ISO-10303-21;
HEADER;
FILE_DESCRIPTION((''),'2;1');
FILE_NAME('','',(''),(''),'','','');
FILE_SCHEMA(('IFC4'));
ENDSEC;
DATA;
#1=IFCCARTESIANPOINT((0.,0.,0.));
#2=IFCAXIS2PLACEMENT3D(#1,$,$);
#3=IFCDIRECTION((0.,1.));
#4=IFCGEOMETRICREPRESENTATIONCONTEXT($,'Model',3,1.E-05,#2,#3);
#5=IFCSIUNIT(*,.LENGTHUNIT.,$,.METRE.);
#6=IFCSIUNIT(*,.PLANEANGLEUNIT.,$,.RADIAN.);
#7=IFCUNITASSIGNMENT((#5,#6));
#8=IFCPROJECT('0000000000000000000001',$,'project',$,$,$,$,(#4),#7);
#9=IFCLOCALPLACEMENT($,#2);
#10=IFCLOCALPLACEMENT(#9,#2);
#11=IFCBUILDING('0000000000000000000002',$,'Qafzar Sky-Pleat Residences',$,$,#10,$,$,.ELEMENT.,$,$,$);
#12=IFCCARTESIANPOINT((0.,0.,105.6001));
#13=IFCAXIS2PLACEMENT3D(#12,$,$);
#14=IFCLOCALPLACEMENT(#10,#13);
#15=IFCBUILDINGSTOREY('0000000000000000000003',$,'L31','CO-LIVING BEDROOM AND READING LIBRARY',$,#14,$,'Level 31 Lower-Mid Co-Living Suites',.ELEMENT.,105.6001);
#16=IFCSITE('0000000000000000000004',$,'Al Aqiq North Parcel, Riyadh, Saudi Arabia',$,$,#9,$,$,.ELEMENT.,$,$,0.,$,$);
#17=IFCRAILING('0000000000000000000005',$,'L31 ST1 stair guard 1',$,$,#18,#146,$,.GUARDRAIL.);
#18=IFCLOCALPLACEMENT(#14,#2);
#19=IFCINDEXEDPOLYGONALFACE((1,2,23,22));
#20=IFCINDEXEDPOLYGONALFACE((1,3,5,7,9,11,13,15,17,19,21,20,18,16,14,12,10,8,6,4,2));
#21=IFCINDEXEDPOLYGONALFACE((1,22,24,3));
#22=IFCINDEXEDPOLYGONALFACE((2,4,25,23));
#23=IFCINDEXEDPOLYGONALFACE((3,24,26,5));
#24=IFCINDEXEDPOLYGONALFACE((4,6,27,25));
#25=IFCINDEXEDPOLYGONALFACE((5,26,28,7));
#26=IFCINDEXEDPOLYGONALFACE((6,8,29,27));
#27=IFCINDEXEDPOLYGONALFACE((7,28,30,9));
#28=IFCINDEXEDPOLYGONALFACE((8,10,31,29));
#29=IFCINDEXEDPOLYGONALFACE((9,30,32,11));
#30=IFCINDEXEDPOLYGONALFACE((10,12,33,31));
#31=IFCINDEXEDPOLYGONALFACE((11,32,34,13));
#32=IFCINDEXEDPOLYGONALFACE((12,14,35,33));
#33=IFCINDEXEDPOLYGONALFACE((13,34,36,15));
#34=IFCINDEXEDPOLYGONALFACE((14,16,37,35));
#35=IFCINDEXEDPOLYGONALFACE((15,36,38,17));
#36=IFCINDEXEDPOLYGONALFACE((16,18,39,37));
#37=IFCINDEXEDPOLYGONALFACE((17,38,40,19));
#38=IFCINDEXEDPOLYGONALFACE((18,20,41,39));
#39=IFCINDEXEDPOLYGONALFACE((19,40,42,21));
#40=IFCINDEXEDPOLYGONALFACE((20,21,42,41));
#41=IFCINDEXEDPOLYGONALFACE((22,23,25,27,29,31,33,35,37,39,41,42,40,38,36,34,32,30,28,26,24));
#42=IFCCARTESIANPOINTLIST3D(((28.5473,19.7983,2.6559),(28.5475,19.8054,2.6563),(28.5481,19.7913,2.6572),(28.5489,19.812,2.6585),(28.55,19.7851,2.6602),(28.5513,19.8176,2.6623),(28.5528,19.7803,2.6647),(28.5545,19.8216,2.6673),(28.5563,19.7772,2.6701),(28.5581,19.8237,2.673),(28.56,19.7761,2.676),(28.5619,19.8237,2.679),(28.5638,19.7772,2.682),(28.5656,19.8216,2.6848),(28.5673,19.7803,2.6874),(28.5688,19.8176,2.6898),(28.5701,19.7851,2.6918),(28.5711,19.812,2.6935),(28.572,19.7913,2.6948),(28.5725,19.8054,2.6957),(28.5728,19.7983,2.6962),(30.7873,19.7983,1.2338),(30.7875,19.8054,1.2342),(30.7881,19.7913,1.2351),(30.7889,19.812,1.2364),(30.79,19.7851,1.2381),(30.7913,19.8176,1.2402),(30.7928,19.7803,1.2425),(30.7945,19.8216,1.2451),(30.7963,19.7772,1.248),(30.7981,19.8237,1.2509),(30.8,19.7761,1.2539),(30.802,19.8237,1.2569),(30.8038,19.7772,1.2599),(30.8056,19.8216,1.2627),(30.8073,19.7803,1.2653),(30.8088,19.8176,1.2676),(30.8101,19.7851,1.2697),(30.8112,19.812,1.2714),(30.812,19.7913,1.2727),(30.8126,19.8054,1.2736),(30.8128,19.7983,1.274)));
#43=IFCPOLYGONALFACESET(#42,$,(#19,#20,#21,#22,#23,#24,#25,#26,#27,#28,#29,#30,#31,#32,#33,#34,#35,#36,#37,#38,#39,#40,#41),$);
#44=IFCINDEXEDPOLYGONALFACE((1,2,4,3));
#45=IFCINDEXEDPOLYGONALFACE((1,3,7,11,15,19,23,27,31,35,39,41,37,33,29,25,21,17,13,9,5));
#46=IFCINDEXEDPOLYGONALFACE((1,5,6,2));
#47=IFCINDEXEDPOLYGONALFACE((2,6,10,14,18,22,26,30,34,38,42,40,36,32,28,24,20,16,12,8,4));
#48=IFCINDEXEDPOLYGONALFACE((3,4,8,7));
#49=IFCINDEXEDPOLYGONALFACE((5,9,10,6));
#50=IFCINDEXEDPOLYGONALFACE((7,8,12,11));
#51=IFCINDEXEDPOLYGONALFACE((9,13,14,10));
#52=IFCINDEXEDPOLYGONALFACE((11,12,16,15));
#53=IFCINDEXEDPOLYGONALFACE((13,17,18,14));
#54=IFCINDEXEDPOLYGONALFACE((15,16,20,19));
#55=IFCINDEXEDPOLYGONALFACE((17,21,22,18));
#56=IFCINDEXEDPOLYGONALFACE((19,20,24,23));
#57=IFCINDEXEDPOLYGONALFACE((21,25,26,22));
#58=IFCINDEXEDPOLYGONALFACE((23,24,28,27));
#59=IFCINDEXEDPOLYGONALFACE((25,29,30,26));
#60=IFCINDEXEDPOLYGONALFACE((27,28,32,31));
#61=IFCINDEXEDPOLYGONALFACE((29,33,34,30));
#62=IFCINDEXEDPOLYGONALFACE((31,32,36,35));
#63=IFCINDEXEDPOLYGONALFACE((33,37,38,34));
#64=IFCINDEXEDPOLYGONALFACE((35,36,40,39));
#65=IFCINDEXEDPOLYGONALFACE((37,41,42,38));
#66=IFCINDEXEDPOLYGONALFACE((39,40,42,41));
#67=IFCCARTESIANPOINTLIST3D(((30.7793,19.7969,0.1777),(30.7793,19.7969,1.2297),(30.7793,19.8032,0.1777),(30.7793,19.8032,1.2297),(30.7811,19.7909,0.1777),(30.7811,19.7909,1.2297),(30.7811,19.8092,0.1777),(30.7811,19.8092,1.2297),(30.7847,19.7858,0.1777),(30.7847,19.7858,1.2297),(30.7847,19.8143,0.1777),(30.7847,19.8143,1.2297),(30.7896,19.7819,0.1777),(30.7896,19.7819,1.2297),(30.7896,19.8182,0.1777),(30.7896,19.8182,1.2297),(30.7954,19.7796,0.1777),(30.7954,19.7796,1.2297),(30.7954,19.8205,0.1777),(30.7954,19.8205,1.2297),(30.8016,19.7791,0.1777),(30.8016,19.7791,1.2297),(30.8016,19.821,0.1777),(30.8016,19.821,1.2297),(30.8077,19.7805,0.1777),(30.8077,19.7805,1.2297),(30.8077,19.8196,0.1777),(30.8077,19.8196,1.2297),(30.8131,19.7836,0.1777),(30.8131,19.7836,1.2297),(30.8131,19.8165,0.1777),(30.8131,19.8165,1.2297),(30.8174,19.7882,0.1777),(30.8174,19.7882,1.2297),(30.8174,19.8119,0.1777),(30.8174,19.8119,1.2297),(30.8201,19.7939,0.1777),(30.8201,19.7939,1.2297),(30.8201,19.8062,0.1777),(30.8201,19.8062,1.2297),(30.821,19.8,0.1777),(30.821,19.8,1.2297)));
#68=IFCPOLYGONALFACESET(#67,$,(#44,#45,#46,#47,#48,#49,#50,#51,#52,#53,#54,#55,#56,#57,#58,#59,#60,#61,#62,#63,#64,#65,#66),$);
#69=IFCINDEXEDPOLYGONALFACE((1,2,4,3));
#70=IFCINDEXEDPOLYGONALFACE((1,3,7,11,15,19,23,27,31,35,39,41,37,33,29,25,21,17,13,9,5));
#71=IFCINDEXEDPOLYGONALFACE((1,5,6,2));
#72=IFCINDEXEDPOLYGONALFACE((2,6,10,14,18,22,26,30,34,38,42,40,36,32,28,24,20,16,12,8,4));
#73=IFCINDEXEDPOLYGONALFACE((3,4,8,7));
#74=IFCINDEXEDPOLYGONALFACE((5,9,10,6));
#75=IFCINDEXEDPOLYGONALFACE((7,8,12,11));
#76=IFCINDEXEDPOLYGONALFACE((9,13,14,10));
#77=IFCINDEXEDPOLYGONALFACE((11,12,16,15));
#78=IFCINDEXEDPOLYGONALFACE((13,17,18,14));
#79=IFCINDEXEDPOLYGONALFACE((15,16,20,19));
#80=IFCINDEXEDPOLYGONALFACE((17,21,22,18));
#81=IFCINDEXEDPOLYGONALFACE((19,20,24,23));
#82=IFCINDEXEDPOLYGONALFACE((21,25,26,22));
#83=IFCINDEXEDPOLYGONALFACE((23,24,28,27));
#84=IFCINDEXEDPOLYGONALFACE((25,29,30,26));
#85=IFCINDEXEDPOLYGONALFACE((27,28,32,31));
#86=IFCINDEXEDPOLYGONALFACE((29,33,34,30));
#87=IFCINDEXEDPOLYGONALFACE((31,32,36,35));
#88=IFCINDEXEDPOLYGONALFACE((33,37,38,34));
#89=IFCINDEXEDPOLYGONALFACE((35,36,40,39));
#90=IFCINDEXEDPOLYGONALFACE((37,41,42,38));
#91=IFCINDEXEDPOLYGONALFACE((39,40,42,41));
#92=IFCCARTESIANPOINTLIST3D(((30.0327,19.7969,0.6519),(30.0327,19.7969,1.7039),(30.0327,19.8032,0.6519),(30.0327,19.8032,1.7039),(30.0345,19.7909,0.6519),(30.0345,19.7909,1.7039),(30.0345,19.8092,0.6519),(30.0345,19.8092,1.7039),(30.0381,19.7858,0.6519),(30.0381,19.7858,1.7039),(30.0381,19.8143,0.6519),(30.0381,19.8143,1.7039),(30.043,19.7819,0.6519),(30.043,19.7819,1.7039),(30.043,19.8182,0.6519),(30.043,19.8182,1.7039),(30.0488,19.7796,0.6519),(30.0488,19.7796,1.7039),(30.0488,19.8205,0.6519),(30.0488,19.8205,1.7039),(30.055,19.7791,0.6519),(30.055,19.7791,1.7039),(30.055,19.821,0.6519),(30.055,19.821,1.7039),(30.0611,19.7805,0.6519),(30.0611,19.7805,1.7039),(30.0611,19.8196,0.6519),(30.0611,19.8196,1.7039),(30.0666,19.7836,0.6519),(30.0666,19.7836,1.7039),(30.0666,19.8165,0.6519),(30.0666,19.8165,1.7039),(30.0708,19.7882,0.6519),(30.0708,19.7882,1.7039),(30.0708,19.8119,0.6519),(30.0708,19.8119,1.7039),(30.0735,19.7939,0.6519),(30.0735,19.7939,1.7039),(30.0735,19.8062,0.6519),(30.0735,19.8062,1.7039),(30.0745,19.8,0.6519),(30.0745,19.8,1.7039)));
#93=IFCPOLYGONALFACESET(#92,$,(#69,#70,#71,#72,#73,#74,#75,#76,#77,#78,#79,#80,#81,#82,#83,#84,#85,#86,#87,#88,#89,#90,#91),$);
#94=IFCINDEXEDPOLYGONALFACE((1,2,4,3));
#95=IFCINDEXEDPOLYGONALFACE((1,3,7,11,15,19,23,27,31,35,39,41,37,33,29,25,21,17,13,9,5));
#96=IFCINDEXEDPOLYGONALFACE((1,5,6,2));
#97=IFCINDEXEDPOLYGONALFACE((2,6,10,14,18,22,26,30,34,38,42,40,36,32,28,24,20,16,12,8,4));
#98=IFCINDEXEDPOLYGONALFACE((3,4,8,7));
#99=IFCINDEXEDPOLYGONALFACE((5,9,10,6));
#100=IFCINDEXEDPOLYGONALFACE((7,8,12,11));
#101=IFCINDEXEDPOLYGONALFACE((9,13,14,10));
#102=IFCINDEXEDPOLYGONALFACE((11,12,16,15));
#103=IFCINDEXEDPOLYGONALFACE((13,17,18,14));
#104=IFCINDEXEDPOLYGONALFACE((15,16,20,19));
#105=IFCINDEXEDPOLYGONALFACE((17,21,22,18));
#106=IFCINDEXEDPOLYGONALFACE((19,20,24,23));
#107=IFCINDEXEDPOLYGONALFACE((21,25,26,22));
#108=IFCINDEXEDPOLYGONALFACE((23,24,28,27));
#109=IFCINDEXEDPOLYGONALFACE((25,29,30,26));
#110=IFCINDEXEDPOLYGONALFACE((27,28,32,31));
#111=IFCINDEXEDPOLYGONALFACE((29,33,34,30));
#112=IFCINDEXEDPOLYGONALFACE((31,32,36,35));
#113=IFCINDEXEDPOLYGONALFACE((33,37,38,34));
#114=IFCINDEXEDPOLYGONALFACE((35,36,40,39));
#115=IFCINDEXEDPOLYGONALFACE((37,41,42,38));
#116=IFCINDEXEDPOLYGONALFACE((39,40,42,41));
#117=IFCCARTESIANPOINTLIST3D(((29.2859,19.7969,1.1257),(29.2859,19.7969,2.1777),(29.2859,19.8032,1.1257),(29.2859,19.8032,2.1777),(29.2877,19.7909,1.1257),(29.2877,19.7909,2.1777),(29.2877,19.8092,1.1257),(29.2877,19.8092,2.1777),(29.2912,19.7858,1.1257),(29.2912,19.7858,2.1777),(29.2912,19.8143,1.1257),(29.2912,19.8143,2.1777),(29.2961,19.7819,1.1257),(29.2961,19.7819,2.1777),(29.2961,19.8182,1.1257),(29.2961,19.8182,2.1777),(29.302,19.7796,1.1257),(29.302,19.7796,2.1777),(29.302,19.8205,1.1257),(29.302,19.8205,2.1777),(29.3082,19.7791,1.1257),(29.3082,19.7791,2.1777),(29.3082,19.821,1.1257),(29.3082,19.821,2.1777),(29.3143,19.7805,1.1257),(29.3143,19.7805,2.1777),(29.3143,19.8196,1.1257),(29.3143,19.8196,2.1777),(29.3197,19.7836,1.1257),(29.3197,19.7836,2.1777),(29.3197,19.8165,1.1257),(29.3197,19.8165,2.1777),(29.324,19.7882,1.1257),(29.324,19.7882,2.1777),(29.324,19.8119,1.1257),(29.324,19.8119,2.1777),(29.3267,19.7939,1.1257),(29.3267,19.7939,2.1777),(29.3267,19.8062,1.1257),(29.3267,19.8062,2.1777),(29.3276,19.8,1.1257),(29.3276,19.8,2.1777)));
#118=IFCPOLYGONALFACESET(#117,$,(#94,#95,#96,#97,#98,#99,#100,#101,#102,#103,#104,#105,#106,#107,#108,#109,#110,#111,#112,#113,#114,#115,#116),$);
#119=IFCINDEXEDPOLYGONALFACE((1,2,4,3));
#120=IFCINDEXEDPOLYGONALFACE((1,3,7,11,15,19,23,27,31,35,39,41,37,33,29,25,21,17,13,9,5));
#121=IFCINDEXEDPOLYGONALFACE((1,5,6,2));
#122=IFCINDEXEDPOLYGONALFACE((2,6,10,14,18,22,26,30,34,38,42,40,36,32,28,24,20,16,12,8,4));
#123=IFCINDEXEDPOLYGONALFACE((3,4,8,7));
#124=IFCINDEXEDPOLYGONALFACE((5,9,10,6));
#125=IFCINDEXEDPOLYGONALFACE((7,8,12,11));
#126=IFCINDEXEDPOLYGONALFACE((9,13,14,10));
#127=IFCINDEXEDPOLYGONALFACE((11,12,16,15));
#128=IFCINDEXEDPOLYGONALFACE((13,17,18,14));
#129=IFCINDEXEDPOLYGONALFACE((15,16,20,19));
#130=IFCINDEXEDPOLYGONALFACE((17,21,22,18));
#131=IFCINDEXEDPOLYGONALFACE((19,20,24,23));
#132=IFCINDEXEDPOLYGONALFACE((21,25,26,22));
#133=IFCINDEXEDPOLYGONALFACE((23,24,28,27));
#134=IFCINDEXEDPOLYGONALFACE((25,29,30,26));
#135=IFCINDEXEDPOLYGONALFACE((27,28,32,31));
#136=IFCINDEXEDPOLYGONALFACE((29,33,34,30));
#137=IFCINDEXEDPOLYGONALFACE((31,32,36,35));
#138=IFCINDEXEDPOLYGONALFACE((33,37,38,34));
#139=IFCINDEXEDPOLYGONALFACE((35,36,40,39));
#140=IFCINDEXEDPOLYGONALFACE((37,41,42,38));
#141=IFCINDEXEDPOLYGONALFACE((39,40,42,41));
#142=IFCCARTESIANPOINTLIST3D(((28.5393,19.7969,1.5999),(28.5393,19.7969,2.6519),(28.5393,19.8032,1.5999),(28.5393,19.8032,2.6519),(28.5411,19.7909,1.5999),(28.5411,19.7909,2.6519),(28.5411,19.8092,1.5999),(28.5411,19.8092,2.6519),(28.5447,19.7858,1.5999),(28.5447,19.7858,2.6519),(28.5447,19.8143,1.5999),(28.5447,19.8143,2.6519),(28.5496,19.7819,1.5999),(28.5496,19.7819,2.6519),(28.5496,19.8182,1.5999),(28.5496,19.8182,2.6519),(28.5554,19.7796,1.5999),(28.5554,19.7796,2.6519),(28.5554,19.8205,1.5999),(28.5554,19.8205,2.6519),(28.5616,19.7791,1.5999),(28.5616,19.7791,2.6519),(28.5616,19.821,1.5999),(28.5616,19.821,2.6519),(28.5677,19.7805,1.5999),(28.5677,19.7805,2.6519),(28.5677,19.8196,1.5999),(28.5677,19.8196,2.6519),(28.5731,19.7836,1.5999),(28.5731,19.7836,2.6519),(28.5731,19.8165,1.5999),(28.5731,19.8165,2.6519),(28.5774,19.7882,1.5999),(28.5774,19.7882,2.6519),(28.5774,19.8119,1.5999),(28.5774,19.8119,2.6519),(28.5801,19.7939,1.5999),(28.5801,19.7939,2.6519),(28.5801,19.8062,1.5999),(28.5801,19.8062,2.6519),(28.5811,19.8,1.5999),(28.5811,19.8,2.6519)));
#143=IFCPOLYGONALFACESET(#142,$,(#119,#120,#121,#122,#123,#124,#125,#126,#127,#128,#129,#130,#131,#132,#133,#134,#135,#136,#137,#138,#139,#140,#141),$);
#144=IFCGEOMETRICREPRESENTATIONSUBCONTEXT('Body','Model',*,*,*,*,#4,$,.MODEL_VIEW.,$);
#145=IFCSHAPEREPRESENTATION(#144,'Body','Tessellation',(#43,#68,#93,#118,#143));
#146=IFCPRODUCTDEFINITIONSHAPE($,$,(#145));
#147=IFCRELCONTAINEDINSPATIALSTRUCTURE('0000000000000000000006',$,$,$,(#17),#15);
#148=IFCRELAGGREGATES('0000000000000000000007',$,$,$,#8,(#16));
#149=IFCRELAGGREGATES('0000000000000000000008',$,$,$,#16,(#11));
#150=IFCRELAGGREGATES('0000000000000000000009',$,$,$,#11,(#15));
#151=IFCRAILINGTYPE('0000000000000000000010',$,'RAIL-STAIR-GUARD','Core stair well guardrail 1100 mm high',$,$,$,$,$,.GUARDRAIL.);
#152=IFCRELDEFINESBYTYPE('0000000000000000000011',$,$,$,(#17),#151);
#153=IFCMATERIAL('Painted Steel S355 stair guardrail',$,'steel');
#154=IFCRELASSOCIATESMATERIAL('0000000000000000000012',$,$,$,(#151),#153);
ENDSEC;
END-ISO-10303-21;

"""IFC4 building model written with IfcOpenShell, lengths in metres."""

from ifc_helpers import new_model, si_unit, direction, frame, origin, origin_2d, place, context, subcontext, project, spatial, circle, extrude, source, transform, mapped, material, type_object, element, save


model = new_model("IFC4")

# Units and contexts
model_context = context("Model", 3, precision=1e-05, world=origin(), true_north=direction((0.0, 1.0)))
body_context = subcontext(model_context, "Body", "Model", "MODEL_VIEW")
ifc_project = project(units=[si_unit("LENGTHUNIT", "METRE"), si_unit("PLANEANGLEUNIT", "RADIAN")], contexts=[model_context])

# Site, building, storey
site_placement = place(None, origin())
site = spatial("IfcSite", under=ifc_project, at=site_placement, Name="Al Aqiq North Parcel, Riyadh, Saudi Arabia", CompositionType="ELEMENT", RefElevation=0.0)
building_placement = place(site_placement, origin())
building = spatial("IfcBuilding", under=site, at=building_placement, Name="Qafzar Sky-Pleat Residences", CompositionType="ELEMENT")
storey_placement = place(building_placement, frame((0.0, 0.0, 105.6001)))
storey = spatial("IfcBuildingStorey", under=building, at=storey_placement, Name="L31", Description="CO-LIVING BEDROOM AND READING LIBRARY", LongName="Level 31 Lower-Mid Co-Living Suites", CompositionType="ELEMENT", Elevation=105.6001)

# Railing
ifc_material_1 = material(Name="Painted Steel S355 stair guardrail", Category="steel")
railing_type_1 = type_object("IfcRailingType", Name="RAIL-STAIR-GUARD", Description="Core stair well guardrail 1100 mm high", PredefinedType="GUARDRAIL", material=ifc_material_1)
shared_shape_1 = source(origin(), body_context, "Body", "SweptSolid", [
    extrude(circle(Radius=0.0239, at=origin_2d()), frame((0.0, 0.0, 1.0762), z_axis=(-0.844229, 0.0, 0.535982), x_axis=(0.0, -1.0, 0.0)), (0.0, 0.0, 1.0), 2.6533),
    extrude(circle(Radius=0.021, at=origin_2d()), origin(), (0.0, 0.0, 1.0), 1.052),
    extrude(circle(Radius=0.021, at=origin_2d()), frame((-0.7466, 0.0, 0.4741)), (0.0, 0.0, 1.0), 1.052),
    extrude(circle(Radius=0.021, at=origin_2d()), frame((-1.4934, 0.0, 0.948)), (0.0, 0.0, 1.0), 1.052),
    extrude(circle(Radius=0.021, at=origin_2d()), frame((-2.24, 0.0, 1.4221)), (0.0, 0.0, 1.0), 1.052),
])
railing_1_placement = place(storey_placement, frame((30.8, 19.8, 0.1777)))
element("IfcRailing", 1, at=railing_1_placement, inside=storey, type_object=railing_type_1, Name="L31 ST1 stair guard 1", PredefinedType="GUARDRAIL", context=body_context, shape_type="MappedRepresentation", body=[
    mapped(shared_shape_1, transform((0.0, 0.0, 0.0), x_axis=(1.0, 0.0, 0.0), y_axis=(0.0, 1.0, 0.0), z_axis=(0.0, 0.0, 1.0), scale=1.0)),
])

save(model, "model.ifc")
